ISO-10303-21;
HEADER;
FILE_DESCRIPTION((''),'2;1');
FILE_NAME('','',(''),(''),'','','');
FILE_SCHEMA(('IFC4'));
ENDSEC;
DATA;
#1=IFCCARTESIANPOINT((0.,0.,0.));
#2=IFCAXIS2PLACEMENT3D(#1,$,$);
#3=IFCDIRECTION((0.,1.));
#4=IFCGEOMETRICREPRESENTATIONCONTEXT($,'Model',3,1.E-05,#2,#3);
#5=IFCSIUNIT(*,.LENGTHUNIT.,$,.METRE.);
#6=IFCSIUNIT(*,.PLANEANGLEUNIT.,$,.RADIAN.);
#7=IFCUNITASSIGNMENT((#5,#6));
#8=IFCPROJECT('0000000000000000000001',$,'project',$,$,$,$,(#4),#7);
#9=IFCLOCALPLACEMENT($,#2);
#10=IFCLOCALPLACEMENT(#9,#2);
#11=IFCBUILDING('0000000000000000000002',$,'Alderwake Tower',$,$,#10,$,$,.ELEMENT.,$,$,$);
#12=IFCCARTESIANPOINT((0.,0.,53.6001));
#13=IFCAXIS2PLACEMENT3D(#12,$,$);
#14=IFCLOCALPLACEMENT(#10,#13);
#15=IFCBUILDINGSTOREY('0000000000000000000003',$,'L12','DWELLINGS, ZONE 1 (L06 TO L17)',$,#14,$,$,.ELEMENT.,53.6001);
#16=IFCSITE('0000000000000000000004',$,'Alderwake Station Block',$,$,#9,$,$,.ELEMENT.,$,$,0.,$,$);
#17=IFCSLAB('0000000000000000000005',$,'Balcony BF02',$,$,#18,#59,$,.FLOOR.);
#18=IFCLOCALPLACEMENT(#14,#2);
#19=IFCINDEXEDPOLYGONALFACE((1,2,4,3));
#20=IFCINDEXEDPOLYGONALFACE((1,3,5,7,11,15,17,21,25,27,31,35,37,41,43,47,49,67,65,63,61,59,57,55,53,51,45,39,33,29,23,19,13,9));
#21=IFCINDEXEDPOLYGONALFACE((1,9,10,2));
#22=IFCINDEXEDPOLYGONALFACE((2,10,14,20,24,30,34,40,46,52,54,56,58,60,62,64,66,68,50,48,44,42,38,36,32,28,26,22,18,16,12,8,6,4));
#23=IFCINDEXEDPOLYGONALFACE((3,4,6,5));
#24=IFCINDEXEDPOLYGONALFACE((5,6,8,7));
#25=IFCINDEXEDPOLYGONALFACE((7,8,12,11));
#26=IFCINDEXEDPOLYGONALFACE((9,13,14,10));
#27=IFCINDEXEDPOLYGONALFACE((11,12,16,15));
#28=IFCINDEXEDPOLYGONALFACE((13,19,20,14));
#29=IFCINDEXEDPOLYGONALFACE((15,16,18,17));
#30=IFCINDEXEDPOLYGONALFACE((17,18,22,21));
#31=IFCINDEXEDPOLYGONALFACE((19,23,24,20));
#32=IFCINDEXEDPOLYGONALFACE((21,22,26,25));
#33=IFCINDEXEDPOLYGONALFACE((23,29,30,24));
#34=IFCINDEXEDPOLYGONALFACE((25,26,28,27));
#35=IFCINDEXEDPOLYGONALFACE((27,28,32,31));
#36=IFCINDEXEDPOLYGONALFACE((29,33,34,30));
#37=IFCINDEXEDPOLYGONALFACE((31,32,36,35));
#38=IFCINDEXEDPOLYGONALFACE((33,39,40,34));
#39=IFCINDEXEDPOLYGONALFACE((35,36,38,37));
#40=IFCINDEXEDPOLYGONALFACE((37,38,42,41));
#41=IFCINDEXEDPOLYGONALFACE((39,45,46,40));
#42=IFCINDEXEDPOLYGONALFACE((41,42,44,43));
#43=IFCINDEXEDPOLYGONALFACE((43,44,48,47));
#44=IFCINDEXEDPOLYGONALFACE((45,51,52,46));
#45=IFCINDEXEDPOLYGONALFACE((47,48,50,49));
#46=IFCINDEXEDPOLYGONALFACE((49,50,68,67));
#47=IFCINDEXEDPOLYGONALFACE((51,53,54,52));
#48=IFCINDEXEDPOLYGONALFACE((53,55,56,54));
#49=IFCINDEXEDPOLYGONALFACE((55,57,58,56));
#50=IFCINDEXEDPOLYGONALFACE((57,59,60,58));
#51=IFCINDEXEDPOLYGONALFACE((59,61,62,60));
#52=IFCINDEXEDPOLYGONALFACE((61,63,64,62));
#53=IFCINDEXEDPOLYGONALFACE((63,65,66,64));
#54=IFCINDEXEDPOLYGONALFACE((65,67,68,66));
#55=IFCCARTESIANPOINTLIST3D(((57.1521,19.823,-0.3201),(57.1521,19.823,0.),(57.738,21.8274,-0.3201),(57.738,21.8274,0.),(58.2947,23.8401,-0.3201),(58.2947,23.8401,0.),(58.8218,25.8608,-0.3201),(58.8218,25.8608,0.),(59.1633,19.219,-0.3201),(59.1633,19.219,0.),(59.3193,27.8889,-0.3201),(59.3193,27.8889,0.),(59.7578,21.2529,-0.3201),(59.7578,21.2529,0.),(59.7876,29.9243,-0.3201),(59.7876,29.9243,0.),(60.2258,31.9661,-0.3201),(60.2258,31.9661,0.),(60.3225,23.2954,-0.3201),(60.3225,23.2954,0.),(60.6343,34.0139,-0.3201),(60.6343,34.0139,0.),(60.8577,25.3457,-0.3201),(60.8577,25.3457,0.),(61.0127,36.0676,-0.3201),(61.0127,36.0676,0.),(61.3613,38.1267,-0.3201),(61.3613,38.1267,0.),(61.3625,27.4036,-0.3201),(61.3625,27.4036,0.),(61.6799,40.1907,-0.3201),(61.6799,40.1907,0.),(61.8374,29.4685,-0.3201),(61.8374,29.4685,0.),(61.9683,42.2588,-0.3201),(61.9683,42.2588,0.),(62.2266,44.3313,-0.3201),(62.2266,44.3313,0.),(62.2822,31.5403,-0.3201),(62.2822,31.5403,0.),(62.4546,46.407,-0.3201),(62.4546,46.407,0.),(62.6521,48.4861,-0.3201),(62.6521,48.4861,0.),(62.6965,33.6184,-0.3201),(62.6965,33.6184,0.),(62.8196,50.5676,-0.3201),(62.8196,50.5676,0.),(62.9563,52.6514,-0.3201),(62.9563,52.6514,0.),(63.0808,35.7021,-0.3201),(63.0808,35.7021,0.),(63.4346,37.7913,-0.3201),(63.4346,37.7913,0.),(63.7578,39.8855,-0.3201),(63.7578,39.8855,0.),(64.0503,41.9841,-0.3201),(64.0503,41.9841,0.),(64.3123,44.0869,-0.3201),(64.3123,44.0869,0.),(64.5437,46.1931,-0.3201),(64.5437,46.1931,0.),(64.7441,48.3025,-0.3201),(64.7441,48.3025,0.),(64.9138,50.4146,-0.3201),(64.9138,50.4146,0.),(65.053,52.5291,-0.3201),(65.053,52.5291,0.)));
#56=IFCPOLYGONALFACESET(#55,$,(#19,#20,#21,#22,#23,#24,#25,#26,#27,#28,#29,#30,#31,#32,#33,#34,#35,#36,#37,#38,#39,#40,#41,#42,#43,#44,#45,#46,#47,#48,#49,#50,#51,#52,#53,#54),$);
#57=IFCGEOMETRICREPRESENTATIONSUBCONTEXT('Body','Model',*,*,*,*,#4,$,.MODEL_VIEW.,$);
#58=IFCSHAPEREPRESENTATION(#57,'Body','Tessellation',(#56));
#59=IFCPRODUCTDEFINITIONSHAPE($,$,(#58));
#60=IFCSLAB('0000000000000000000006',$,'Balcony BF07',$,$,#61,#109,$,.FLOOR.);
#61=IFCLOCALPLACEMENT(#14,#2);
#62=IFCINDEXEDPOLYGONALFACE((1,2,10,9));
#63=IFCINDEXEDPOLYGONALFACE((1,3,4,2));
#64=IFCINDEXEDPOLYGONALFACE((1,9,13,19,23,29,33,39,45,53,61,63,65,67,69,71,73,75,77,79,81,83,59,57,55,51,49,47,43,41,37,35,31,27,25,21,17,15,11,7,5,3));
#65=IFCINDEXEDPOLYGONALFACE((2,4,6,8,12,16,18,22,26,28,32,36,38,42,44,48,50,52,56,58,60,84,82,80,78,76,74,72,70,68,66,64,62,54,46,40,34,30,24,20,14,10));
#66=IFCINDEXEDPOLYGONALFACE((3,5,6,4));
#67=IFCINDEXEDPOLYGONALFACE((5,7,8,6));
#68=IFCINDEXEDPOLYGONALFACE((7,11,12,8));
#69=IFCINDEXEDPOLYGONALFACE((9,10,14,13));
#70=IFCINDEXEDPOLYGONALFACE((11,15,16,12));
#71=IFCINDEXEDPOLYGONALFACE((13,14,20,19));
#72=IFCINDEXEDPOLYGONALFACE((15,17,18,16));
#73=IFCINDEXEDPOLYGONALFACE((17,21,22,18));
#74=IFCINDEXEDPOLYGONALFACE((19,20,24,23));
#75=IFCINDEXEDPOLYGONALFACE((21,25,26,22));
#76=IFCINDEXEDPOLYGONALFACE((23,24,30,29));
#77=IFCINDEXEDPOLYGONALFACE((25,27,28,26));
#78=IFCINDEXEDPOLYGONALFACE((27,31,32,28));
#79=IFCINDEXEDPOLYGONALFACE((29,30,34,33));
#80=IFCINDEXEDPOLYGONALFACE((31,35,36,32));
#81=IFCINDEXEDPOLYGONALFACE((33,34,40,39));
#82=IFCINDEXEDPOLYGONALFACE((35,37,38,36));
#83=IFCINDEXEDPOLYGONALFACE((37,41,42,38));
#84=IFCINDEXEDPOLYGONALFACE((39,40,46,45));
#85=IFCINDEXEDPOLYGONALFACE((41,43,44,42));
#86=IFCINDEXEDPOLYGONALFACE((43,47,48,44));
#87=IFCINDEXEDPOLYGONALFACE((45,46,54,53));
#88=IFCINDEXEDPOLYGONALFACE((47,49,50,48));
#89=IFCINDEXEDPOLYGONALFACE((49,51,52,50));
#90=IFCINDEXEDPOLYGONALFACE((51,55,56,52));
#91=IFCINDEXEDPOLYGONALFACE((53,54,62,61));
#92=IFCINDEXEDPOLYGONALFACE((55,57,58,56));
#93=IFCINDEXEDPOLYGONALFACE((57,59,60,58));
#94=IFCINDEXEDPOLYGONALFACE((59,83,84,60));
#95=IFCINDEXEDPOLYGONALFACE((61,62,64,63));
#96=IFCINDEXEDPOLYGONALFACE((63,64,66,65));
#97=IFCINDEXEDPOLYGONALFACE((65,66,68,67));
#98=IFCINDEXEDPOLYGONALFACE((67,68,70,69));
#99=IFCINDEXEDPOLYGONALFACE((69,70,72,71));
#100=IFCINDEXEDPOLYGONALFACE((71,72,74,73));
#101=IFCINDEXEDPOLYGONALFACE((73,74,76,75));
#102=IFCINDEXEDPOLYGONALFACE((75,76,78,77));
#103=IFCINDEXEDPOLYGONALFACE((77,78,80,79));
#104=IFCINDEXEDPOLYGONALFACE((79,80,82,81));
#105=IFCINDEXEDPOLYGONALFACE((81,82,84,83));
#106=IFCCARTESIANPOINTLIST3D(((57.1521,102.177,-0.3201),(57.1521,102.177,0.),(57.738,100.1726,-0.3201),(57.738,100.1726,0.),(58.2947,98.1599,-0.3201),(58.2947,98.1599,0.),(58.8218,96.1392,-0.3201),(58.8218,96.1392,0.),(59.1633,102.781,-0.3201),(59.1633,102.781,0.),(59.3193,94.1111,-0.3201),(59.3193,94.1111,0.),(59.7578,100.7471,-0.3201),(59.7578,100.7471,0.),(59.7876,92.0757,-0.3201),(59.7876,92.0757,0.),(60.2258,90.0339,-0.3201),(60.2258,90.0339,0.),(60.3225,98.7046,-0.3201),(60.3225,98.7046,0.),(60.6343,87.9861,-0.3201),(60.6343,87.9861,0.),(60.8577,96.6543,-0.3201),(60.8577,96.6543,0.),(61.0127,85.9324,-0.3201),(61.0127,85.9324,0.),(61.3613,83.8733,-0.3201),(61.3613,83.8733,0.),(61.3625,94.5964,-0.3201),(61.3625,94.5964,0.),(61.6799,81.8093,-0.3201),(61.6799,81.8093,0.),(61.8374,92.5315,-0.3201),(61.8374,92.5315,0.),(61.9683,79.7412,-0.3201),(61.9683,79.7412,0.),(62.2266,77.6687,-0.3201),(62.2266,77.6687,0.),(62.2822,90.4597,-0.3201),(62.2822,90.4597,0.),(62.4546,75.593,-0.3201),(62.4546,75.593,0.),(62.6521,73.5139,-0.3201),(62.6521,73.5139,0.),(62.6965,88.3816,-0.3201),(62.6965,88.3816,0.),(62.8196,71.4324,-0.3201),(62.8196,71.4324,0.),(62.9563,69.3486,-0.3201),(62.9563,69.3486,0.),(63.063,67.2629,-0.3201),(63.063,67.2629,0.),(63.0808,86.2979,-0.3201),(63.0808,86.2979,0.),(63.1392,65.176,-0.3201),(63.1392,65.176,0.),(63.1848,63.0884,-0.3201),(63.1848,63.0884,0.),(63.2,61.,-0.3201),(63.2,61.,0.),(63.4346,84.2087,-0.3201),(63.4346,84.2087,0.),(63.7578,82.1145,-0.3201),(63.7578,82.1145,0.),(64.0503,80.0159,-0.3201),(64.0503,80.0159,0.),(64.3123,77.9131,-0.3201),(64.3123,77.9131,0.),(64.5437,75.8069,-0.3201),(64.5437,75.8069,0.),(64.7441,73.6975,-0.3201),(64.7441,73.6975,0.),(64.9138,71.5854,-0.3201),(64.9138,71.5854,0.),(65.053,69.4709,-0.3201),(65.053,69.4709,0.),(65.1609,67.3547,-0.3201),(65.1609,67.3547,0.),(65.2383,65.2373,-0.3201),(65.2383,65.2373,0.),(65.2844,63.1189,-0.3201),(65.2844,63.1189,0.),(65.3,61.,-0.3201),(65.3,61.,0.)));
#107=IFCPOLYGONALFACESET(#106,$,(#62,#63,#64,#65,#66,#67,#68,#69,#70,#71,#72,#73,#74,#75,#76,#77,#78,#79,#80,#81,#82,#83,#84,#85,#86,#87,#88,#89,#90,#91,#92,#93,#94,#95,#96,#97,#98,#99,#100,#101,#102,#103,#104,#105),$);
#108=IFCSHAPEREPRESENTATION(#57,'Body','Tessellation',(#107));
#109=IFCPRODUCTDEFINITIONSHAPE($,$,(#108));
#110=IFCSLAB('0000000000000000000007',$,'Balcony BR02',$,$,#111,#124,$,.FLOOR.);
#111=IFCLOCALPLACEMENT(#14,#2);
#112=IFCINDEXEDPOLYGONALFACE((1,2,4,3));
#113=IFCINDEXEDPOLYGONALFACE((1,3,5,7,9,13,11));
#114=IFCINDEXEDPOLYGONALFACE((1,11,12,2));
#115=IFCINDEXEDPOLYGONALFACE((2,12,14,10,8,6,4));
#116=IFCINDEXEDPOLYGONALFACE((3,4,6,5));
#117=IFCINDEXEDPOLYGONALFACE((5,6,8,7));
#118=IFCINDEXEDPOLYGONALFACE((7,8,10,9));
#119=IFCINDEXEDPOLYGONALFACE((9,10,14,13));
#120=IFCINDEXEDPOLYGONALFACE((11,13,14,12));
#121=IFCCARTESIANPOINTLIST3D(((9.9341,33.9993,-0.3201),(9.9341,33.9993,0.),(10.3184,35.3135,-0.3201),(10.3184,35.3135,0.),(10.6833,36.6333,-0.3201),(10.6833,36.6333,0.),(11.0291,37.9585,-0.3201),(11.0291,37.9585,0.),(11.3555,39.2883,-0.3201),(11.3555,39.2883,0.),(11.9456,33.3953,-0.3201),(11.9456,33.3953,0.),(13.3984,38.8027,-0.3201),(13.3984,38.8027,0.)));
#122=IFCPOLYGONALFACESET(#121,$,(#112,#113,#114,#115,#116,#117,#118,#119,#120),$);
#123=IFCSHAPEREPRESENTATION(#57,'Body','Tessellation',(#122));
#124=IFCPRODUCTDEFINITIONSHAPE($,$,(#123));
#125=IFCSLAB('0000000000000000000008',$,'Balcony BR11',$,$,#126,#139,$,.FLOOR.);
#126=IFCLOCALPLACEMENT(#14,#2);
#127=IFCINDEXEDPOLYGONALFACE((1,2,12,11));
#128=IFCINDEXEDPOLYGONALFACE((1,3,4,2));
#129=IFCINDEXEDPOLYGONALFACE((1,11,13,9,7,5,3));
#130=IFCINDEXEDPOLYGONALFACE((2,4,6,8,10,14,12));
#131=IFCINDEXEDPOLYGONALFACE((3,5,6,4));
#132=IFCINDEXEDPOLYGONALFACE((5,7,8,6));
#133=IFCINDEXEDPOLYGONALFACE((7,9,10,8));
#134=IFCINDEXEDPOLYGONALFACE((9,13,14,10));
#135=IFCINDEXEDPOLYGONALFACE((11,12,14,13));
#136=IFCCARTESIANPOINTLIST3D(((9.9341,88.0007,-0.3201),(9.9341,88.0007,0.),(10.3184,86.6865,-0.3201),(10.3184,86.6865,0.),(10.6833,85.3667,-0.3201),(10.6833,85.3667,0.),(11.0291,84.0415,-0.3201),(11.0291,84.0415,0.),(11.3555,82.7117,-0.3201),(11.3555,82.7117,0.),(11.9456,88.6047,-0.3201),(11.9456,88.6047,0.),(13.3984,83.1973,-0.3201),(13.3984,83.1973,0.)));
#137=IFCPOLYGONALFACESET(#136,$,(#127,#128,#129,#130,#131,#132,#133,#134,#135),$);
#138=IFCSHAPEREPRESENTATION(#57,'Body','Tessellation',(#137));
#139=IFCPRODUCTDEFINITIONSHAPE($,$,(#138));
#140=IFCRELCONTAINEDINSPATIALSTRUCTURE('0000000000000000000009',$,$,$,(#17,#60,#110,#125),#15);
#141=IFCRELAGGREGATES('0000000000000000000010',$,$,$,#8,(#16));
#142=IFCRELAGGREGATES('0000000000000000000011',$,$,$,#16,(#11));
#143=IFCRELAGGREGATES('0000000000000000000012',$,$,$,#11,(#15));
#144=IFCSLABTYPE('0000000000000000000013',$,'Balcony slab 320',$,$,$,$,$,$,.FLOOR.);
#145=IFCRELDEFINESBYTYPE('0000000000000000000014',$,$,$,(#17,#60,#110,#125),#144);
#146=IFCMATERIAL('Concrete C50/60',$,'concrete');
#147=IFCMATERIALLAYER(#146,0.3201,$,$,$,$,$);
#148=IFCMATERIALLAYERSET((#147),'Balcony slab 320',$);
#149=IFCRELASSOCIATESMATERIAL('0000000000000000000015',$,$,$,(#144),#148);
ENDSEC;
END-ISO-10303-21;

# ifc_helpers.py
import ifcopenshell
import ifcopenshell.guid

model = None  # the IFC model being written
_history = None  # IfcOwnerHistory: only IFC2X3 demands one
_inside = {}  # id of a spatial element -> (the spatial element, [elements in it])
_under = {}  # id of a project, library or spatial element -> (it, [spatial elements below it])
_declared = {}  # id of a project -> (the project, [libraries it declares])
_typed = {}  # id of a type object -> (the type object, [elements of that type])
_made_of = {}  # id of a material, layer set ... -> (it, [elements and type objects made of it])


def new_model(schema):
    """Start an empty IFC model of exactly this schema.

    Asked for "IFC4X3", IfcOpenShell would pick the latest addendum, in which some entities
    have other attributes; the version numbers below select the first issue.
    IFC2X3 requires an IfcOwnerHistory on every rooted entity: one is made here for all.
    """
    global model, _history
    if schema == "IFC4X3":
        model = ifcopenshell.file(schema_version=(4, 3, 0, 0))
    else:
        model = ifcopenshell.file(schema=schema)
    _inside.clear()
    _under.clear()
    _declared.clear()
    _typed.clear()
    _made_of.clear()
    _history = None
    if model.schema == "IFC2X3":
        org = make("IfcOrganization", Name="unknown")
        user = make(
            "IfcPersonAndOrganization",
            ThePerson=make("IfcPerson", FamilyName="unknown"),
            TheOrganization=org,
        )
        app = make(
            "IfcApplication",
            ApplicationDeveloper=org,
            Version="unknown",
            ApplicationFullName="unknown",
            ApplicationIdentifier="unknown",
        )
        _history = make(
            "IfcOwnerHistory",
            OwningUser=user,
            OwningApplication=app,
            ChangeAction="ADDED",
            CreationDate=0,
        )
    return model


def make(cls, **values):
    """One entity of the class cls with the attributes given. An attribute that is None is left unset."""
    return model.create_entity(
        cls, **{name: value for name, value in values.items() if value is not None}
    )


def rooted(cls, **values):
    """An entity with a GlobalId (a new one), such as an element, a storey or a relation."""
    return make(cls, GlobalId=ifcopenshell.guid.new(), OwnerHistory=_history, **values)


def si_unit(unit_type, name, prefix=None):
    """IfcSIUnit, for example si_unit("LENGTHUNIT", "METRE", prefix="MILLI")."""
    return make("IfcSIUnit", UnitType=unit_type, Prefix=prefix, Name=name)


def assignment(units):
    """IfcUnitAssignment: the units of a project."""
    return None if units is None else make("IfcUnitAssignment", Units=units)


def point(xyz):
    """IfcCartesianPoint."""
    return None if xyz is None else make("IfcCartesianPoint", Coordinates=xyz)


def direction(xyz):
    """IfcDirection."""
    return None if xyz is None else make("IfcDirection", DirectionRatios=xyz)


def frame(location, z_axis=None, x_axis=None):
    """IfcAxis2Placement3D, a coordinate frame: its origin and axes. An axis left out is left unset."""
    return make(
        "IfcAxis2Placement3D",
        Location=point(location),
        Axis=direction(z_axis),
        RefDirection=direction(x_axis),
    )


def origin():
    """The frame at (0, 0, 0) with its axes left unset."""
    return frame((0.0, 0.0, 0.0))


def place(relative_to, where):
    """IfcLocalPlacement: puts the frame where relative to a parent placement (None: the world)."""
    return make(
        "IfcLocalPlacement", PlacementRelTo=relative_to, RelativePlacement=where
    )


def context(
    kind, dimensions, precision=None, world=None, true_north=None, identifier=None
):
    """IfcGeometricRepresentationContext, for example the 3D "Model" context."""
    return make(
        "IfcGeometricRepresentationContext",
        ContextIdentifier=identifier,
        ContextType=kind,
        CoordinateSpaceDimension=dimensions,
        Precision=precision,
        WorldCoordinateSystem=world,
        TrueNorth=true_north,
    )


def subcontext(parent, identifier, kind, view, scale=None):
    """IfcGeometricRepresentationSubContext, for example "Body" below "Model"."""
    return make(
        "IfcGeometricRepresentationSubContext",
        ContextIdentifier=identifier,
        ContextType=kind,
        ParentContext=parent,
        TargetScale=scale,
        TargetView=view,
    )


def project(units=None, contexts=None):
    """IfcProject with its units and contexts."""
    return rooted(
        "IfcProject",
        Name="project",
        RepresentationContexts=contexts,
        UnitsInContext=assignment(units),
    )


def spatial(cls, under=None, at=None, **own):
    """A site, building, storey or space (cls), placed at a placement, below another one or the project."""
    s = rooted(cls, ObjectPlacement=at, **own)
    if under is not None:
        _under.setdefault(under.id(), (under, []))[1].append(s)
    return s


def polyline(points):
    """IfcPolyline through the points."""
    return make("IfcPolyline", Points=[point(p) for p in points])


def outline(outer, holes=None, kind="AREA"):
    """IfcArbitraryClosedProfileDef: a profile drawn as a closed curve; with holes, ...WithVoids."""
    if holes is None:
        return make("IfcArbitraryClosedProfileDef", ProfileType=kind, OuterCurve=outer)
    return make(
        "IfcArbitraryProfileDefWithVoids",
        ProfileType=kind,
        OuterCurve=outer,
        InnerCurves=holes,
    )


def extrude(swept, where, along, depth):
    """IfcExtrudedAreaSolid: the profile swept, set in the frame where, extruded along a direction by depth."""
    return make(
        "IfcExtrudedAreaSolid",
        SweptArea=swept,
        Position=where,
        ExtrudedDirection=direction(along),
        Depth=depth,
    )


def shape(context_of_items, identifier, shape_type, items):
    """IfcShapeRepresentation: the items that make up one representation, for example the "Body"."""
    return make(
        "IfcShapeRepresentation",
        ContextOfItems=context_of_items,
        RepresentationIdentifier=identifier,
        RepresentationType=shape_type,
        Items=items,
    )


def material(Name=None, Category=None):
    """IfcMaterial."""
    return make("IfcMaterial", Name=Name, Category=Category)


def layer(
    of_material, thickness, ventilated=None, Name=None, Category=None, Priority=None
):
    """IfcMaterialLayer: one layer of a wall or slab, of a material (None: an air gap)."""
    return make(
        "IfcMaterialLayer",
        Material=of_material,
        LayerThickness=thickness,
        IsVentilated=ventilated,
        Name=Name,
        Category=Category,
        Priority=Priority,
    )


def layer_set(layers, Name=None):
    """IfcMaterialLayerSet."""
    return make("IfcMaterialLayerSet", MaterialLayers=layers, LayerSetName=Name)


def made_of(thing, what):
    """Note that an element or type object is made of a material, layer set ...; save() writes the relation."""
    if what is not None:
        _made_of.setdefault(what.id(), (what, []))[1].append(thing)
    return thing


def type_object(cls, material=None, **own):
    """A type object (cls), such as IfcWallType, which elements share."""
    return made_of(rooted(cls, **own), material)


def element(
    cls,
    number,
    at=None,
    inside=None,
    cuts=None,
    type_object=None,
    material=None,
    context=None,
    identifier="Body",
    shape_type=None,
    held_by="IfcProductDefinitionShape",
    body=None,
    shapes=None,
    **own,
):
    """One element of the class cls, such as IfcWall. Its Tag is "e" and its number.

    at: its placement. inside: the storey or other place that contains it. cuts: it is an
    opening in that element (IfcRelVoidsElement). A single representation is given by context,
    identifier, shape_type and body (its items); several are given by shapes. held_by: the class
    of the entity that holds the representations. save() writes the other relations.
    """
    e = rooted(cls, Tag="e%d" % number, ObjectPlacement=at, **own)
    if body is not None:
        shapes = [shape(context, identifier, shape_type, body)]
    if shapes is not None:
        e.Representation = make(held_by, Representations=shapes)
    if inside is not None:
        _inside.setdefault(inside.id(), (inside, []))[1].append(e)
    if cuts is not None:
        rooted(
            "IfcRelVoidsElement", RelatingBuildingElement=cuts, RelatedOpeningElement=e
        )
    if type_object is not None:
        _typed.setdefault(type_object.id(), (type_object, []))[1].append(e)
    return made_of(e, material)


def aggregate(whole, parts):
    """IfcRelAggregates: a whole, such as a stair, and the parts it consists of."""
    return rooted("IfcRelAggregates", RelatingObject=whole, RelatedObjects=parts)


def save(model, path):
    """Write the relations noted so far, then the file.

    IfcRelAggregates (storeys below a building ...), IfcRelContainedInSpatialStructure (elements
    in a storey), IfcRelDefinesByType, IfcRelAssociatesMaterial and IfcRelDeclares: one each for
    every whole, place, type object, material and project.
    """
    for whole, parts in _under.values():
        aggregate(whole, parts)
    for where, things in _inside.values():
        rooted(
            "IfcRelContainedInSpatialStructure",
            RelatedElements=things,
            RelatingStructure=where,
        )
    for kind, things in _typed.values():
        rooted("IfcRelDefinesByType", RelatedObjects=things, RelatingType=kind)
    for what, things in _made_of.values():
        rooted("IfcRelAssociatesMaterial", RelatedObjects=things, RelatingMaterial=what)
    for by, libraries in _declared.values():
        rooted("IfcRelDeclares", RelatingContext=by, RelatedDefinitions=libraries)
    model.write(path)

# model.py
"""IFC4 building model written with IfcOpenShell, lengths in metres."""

from ifc_helpers import new_model, si_unit, direction, frame, origin, place, context, subcontext, project, spatial, polyline, outline, extrude, material, layer, layer_set, type_object, element, save


model = new_model("IFC4")

# Units and contexts
model_context = context("Model", 3, precision=1e-05, world=origin(), true_north=direction((0.0, 1.0)))
body_context = subcontext(model_context, "Body", "Model", "MODEL_VIEW")
ifc_project = project(units=[si_unit("LENGTHUNIT", "METRE"), si_unit("PLANEANGLEUNIT", "RADIAN")], contexts=[model_context])

# Site, building, storey
site_placement = place(None, origin())
site = spatial("IfcSite", under=ifc_project, at=site_placement, Name="Alderwake Station Block", CompositionType="ELEMENT", RefElevation=0.0)
building_placement = place(site_placement, origin())
building = spatial("IfcBuilding", under=site, at=building_placement, Name="Alderwake Tower", CompositionType="ELEMENT")
storey_placement = place(building_placement, frame((0.0, 0.0, 53.6001)))
storey = spatial("IfcBuildingStorey", under=building, at=storey_placement, Name="L12", Description="DWELLINGS, ZONE 1 (L06 TO L17)", CompositionType="ELEMENT", Elevation=53.6001)

# Slabs
ifc_material_1 = material(Name="Concrete C50/60", Category="concrete")
ifc_layer_1 = layer(ifc_material_1, 0.3201)
ifc_layer_set_1 = layer_set([ifc_layer_1], Name="Balcony slab 320")
slab_type_1 = type_object("IfcSlabType", Name="Balcony slab 320", PredefinedType="FLOOR", material=ifc_layer_set_1)
slab_1_placement = place(storey_placement, frame((0.0, 0.0, -0.3201)))
element("IfcSlab", 1, at=slab_1_placement, inside=storey, type_object=slab_type_1, Name="Balcony BF02", PredefinedType="FLOOR", context=body_context, shape_type="SweptSolid", body=[
    extrude(outline(polyline([(59.7578, 21.2529), (60.3225, 23.2954), (60.8577, 25.3457), (61.3625, 27.4036), (61.8374, 29.4685), (62.2822, 31.5403), (62.6965, 33.6184), (63.0808, 35.7021), (63.4346, 37.7913), (63.7578, 39.8855), (64.0503, 41.9841), (64.3123, 44.0869), (64.5437, 46.1931), (64.7441, 48.3025), (64.9138, 50.4146), (65.053, 52.5291), (62.9563, 52.6514), (62.8196, 50.5676), (62.6521, 48.4861), (62.4546, 46.407), (62.2266, 44.3313), (61.9683, 42.2588), (61.6799, 40.1907), (61.3613, 38.1267), (61.0127, 36.0676), (60.6343, 34.0139), (60.2258, 31.9661), (59.7876, 29.9243), (59.3193, 27.8889), (58.8218, 25.8608), (58.2947, 23.8401), (57.738, 21.8274), (57.1521, 19.823), (59.1633, 19.219), (59.7578, 21.2529)])), origin(), (0.0, 0.0, 1.0), 0.3201),
])
slab_2_placement = place(storey_placement, frame((0.0, 0.0, -0.3201)))
element("IfcSlab", 2, at=slab_2_placement, inside=storey, type_object=slab_type_1, Name="Balcony BF07", PredefinedType="FLOOR", context=body_context, shape_type="SweptSolid", body=[
    extrude(outline(polyline([(65.2844, 63.1189), (65.2383, 65.2373), (65.1609, 67.3547), (65.053, 69.4709), (64.9138, 71.5854), (64.7441, 73.6975), (64.5437, 75.8069), (64.3123, 77.9131), (64.0503, 80.0159), (63.7578, 82.1145), (63.4346, 84.2087), (63.0808, 86.2979), (62.6965, 88.3816), (62.2822, 90.4597), (61.8374, 92.5315), (61.3625, 94.5964), (60.8577, 96.6543), (60.3225, 98.7046), (59.7578, 100.7471), (59.1633, 102.781), (57.1521, 102.177), (57.738, 100.1726), (58.2947, 98.1599), (58.8218, 96.1392), (59.3193, 94.1111), (59.7876, 92.0757), (60.2258, 90.0339), (60.6343, 87.9861), (61.0127, 85.9324), (61.3613, 83.8733), (61.6799, 81.8093), (61.9683, 79.7412), (62.2266, 77.6687), (62.4546, 75.593), (62.6521, 73.5139), (62.8196, 71.4324), (62.9563, 69.3486), (63.063, 67.2629), (63.1392, 65.176), (63.1848, 63.0884), (63.2, 61.0), (65.3, 61.0), (65.2844, 63.1189)])), origin(), (0.0, 0.0, 1.0), 0.3201),
])
slab_3_placement = place(storey_placement, frame((0.0, 0.0, -0.3201)))
element("IfcSlab", 3, at=slab_3_placement, inside=storey, type_object=slab_type_1, Name="Balcony BR02", PredefinedType="FLOOR", context=body_context, shape_type="SweptSolid", body=[
    extrude(outline(polyline([(9.9341, 33.9993), (11.9456, 33.3953), (13.3984, 38.8027), (11.3555, 39.2883), (11.0291, 37.9585), (10.6833, 36.6333), (10.3184, 35.3135), (9.9341, 33.9993)])), origin(), (0.0, 0.0, 1.0), 0.3201),
])
slab_4_placement = place(storey_placement, frame((0.0, 0.0, -0.3201)))
element("IfcSlab", 4, at=slab_4_placement, inside=storey, type_object=slab_type_1, Name="Balcony BR11", PredefinedType="FLOOR", context=body_context, shape_type="SweptSolid", body=[
    extrude(outline(polyline([(11.3555, 82.7117), (13.3984, 83.1973), (11.9456, 88.6047), (9.9341, 88.0007), (10.3184, 86.6865), (10.6833, 85.3667), (11.0291, 84.0415), (11.3555, 82.7117)])), origin(), (0.0, 0.0, 1.0), 0.3201),
])

save(model, "model.ifc")
